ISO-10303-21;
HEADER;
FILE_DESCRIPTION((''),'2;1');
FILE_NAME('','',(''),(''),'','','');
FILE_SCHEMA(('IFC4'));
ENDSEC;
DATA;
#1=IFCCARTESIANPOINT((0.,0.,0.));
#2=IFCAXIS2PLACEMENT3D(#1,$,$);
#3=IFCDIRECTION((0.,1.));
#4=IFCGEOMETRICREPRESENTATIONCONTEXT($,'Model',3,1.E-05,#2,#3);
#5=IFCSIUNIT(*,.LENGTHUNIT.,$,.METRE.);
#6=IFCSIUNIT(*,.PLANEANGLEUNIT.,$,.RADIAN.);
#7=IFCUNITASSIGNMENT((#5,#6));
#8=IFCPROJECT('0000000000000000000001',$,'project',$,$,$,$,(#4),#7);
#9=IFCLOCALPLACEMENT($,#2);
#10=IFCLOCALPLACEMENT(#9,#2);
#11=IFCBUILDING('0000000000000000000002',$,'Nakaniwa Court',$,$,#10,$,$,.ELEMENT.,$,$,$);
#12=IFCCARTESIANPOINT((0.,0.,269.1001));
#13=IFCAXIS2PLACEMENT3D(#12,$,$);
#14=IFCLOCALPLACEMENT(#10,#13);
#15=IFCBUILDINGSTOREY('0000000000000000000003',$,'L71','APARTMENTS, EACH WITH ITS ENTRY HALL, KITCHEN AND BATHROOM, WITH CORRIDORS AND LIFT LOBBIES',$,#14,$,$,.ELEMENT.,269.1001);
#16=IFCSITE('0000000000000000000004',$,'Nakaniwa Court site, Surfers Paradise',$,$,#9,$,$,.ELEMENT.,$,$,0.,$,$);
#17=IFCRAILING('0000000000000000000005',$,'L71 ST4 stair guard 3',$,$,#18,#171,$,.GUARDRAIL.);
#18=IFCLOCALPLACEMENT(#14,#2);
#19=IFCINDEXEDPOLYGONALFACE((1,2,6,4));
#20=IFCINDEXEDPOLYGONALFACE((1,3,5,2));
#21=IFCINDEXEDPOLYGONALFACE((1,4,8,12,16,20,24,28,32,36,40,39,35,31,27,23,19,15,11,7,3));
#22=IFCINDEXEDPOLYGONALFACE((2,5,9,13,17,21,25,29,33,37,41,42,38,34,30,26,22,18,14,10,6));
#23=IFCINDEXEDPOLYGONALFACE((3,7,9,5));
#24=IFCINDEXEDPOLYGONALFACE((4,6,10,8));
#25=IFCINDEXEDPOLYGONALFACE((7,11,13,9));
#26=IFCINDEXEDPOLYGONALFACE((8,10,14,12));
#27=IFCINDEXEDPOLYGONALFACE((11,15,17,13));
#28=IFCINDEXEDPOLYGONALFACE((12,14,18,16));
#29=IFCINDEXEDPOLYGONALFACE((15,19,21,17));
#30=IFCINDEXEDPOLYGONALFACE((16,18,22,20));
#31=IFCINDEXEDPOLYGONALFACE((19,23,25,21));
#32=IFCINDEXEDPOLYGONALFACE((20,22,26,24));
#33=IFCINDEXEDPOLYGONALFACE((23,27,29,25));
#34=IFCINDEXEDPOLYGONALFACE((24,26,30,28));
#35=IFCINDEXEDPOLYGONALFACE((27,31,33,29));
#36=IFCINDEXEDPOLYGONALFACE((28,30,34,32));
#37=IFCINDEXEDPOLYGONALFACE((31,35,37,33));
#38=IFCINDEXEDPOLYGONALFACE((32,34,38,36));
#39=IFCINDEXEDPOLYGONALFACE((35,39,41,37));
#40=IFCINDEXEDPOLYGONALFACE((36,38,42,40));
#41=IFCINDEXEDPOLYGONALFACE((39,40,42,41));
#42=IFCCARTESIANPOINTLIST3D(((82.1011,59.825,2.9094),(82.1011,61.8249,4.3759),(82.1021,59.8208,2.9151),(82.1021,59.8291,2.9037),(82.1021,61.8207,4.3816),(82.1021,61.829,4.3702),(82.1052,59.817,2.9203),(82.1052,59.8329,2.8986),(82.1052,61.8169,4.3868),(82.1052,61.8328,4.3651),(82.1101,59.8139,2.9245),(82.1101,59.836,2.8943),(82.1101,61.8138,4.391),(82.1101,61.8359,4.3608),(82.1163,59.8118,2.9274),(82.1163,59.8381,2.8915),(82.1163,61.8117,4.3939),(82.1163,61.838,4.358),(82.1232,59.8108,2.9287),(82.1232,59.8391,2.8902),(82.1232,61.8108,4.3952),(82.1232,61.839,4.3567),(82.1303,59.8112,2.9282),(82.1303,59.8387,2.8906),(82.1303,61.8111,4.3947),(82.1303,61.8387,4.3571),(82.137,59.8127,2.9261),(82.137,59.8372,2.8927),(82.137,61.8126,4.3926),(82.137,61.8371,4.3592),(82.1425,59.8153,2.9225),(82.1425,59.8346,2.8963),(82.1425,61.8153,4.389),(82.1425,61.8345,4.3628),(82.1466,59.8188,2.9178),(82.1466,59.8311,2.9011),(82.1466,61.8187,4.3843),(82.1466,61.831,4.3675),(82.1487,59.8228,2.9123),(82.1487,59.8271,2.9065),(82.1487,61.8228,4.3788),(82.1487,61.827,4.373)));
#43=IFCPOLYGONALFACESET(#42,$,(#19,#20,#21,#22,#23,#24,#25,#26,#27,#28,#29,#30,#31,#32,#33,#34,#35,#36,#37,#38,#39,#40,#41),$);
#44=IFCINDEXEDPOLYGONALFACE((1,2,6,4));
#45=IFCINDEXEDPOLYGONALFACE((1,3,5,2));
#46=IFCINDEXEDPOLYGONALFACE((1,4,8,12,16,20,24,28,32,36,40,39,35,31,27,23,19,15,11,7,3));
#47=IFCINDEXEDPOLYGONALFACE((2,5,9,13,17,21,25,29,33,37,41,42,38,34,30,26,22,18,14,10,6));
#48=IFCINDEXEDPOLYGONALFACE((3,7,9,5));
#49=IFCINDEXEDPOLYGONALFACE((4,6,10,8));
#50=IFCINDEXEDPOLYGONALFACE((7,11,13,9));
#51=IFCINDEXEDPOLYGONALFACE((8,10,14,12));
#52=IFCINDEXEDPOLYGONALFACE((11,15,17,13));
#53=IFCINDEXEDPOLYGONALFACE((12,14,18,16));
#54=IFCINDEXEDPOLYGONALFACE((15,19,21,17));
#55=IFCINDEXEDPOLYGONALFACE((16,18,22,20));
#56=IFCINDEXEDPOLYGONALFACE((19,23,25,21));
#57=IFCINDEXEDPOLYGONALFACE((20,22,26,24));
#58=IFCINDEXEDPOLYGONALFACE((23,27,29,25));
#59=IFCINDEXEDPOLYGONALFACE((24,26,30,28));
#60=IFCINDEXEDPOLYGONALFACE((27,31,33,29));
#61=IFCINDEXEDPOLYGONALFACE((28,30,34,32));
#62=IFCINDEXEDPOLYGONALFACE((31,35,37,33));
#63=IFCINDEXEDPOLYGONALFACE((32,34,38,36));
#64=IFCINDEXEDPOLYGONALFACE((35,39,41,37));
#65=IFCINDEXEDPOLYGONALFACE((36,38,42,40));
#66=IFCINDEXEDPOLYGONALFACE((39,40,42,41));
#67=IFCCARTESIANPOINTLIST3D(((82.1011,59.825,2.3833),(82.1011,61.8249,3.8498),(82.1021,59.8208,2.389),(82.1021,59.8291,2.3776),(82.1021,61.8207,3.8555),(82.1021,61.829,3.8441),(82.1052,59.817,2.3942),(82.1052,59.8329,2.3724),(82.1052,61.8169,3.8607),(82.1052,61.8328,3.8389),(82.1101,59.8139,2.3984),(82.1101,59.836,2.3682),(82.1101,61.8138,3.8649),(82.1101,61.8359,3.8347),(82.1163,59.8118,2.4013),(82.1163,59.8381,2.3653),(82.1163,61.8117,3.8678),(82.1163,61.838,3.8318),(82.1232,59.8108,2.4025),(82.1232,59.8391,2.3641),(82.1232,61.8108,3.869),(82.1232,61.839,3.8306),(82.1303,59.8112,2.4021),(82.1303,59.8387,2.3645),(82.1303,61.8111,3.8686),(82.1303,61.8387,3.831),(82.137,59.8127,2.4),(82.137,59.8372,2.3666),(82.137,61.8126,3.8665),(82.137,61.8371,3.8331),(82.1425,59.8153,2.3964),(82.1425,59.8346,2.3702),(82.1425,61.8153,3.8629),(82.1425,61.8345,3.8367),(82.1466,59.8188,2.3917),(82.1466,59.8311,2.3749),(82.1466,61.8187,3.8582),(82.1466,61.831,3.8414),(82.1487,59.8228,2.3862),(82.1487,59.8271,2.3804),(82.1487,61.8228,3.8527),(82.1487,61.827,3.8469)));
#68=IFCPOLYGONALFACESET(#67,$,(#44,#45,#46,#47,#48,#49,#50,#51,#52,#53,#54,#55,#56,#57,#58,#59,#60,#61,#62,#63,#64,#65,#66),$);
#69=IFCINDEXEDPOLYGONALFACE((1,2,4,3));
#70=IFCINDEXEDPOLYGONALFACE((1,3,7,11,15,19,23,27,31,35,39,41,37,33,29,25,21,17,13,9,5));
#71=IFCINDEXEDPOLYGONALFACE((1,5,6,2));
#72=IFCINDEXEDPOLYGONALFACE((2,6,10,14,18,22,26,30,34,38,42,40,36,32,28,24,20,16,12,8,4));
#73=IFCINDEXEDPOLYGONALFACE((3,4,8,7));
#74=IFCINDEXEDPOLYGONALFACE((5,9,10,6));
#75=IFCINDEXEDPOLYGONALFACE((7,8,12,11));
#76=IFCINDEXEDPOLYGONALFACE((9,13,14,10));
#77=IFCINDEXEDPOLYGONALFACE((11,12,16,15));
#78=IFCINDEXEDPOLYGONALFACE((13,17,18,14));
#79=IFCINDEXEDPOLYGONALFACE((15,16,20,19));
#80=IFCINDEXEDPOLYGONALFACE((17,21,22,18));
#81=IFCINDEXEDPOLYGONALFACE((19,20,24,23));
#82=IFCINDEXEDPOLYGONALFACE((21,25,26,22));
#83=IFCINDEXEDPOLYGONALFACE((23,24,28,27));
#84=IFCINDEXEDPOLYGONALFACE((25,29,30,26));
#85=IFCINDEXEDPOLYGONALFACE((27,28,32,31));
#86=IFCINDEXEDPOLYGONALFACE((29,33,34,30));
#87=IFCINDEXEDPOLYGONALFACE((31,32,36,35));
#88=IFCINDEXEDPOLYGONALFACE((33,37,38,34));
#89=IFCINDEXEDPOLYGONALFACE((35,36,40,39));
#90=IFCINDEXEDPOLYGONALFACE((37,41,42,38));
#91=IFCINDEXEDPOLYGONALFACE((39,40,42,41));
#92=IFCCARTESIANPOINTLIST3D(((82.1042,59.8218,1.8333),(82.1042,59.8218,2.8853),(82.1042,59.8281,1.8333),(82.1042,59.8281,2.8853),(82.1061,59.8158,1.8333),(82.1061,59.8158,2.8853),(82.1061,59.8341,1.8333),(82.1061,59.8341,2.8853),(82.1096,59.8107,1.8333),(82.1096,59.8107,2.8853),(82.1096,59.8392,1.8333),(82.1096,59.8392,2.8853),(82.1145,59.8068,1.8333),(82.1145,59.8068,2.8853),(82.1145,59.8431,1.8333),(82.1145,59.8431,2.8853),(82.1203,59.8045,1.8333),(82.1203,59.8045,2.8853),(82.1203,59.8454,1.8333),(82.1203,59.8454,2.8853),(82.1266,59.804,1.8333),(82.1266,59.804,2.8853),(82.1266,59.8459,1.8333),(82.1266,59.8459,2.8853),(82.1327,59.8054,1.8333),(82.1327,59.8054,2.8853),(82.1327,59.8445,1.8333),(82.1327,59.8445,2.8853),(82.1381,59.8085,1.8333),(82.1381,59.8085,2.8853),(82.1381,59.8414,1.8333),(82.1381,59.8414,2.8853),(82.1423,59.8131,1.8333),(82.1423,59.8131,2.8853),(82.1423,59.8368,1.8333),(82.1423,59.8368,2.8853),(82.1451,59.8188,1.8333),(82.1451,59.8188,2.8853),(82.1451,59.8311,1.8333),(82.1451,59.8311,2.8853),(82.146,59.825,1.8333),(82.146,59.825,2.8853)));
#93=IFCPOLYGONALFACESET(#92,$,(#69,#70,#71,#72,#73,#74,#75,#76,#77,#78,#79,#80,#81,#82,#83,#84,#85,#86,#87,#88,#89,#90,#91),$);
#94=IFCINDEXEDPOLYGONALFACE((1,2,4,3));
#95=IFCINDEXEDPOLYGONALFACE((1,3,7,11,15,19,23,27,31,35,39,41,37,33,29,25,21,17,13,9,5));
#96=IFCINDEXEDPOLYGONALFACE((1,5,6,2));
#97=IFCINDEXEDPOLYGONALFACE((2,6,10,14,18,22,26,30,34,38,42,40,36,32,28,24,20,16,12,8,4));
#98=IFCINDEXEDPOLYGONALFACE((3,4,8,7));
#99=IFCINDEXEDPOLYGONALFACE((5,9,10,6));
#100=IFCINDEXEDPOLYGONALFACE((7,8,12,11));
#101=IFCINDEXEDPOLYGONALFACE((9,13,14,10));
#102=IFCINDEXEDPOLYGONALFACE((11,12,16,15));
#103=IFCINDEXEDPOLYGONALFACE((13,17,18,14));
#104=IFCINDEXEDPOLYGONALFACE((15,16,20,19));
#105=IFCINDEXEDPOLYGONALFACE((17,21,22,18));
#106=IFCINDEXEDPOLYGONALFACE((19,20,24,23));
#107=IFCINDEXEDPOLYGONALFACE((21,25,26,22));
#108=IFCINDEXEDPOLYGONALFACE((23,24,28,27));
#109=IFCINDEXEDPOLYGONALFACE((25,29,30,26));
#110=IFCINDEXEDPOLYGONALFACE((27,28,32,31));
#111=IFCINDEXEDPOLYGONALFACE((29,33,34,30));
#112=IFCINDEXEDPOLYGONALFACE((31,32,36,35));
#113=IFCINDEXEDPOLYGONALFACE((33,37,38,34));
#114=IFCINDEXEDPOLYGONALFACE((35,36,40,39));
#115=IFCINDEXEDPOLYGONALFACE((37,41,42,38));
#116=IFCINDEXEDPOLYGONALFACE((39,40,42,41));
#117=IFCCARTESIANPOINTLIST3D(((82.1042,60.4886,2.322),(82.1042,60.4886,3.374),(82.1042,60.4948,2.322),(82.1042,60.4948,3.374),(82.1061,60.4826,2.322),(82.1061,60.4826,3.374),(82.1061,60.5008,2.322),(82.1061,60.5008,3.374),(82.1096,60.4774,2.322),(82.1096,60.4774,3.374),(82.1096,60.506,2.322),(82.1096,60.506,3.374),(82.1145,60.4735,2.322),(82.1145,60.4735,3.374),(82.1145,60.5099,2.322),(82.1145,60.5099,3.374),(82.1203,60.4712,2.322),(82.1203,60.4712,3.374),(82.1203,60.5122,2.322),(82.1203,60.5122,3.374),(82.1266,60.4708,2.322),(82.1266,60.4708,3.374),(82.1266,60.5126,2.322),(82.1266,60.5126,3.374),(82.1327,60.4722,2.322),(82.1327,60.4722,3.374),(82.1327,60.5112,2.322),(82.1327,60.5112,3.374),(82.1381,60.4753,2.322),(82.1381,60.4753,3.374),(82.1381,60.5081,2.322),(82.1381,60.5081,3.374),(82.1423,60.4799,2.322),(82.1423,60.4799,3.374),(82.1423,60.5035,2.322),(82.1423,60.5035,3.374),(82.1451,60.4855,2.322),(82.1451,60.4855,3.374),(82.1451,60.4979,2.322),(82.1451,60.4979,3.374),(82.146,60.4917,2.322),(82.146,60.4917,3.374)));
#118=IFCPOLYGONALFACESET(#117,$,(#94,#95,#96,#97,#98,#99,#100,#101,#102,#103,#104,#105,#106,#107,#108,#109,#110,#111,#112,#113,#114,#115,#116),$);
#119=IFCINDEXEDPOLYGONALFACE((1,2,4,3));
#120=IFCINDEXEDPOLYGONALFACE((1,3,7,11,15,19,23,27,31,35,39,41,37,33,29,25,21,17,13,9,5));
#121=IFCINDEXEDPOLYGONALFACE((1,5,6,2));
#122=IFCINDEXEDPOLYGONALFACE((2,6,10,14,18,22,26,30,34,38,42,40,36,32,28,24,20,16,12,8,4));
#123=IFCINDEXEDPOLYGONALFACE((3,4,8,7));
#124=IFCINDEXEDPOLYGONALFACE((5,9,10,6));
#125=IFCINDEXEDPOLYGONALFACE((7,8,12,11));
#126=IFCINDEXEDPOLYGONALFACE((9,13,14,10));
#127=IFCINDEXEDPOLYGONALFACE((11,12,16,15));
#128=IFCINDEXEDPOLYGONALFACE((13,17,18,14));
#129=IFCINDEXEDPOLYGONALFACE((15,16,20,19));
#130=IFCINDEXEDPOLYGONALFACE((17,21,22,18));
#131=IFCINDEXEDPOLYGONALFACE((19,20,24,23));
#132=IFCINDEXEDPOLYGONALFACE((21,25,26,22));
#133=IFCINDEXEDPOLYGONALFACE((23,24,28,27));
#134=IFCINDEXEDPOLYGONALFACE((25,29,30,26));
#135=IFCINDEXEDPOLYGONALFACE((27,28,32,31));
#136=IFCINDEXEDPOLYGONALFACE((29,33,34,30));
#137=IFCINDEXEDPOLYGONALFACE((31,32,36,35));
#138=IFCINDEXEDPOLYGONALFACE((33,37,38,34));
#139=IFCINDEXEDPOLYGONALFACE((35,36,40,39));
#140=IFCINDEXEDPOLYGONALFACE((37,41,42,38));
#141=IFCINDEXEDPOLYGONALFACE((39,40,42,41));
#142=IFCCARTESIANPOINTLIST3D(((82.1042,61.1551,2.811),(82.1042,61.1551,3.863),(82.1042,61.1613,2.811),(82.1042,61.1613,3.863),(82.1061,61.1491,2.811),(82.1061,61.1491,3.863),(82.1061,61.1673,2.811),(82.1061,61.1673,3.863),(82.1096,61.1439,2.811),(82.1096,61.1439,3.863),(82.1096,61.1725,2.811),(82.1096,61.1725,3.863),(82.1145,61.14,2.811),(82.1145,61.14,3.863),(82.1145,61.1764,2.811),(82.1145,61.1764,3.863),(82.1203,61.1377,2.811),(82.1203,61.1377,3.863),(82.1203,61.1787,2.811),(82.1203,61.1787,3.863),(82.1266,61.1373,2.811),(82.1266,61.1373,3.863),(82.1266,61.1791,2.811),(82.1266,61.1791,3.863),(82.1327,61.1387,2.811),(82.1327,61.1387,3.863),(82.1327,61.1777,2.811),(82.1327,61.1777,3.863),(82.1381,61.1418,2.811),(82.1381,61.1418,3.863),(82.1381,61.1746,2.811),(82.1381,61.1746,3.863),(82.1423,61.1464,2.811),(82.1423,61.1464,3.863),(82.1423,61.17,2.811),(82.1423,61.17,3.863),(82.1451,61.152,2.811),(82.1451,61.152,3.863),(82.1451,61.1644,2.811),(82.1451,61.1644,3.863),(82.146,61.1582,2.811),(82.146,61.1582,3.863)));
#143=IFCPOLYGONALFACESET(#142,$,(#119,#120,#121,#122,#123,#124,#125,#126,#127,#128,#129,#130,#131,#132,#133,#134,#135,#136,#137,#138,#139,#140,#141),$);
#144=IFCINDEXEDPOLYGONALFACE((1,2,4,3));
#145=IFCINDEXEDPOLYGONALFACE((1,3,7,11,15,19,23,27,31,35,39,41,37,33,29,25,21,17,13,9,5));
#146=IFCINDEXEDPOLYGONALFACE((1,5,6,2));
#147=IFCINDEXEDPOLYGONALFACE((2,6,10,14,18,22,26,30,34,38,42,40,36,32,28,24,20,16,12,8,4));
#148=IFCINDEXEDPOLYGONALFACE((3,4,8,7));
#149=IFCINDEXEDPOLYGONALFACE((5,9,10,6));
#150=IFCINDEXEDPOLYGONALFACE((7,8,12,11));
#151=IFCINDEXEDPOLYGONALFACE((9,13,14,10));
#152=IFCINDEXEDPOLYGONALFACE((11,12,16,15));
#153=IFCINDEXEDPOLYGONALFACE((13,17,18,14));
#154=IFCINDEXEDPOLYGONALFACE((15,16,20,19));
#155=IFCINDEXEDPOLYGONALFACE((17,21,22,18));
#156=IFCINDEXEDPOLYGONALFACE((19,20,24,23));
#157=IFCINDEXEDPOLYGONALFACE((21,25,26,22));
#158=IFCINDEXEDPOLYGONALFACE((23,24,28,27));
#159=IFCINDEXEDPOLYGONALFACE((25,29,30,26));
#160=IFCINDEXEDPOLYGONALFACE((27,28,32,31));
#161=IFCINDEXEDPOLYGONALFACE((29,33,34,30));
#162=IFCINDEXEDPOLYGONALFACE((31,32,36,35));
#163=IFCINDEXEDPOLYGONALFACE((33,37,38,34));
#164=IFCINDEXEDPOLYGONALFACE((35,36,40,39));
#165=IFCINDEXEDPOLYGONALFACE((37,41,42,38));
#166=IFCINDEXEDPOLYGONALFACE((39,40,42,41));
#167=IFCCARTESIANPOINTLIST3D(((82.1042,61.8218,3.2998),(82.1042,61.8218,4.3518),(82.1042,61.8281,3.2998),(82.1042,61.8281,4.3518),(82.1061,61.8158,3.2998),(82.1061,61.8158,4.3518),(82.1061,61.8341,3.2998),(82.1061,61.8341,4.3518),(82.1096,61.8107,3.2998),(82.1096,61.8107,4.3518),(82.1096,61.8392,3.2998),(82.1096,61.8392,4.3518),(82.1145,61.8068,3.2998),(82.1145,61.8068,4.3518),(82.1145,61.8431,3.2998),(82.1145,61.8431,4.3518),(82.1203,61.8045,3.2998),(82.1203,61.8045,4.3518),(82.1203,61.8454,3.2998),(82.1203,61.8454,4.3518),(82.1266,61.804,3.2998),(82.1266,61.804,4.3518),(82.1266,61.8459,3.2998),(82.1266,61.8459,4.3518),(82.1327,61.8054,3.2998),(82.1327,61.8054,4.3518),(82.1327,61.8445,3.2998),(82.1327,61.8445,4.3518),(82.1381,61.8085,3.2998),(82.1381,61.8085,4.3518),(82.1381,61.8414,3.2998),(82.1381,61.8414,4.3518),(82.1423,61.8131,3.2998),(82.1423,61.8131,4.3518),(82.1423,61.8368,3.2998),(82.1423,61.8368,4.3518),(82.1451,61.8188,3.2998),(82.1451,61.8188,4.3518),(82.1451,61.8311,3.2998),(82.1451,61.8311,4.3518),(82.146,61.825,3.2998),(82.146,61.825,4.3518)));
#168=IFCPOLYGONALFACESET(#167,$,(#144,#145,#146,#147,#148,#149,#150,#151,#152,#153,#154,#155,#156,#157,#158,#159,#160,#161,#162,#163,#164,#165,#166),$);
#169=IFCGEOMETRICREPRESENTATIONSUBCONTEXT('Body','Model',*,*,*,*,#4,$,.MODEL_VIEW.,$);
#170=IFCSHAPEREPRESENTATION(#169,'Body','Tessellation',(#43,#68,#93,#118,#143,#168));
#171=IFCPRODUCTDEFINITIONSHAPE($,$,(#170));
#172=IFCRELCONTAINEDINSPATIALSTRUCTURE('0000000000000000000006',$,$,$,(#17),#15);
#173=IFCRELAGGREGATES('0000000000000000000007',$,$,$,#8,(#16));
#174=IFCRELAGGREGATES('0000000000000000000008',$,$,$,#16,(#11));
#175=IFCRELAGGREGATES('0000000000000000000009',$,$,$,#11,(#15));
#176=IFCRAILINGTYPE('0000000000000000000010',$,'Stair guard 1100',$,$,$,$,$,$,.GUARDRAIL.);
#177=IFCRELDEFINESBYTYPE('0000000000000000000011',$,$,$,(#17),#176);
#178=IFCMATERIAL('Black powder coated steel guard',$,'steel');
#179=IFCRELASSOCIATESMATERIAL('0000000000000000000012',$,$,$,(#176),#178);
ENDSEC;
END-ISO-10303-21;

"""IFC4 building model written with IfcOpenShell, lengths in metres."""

from ifc_helpers import new_model, si_unit, direction, frame, origin, origin_2d, place, context, subcontext, project, spatial, circle, extrude, material, type_object, element, save


model = new_model("IFC4")

# Units and contexts
model_context = context("Model", 3, precision=1e-05, world=origin(), true_north=direction((0.0, 1.0)))
body_context = subcontext(model_context, "Body", "Model", "MODEL_VIEW")
ifc_project = project(units=[si_unit("LENGTHUNIT", "METRE"), si_unit("PLANEANGLEUNIT", "RADIAN")], contexts=[model_context])

# Site, building, storey
site_placement = place(None, origin())
site = spatial("IfcSite", under=ifc_project, at=site_placement, Name="Nakaniwa Court site, Surfers Paradise", CompositionType="ELEMENT", RefElevation=0.0)
building_placement = place(site_placement, origin())
building = spatial("IfcBuilding", under=site, at=building_placement, Name="Nakaniwa Court", CompositionType="ELEMENT")
storey_placement = place(building_placement, frame((0.0, 0.0, 269.1001)))
storey = spatial("IfcBuildingStorey", under=building, at=storey_placement, Name="L71", Description="APARTMENTS, EACH WITH ITS ENTRY HALL, KITCHEN AND BATHROOM, WITH CORRIDORS AND LIFT LOBBIES", CompositionType="ELEMENT", Elevation=269.1001)

# Railing
ifc_material_1 = material(Name="Black powder coated steel guard", Category="steel")
railing_type_1 = type_object("IfcRailingType", Name="Stair guard 1100", PredefinedType="GUARDRAIL", material=ifc_material_1)
railing_1_placement = place(storey_placement, frame((82.125, 59.825, 1.8333)))
element("IfcRailing", 1, at=railing_1_placement, inside=storey, type_object=railing_type_1, Name="L71 ST4 stair guard 3", PredefinedType="GUARDRAIL", context=body_context, shape_type="SweptSolid", body=[
    extrude(circle(Radius=0.0239, at=origin_2d()), frame((0.0, 0.0, 1.0762), z_axis=(0.0, 0.806427, 0.591334), x_axis=(-1.0, 0.0, 0.0)), (0.0, 0.0, 1.0), 2.48),
    extrude(circle(Radius=0.0239, at=origin_2d()), frame((0.0, 0.0, 0.55), z_axis=(0.0, 0.806427, 0.591334), x_axis=(-1.0, 0.0, 0.0)), (0.0, 0.0, 1.0), 2.48),
    extrude(circle(Radius=0.021, at=origin_2d()), origin(), (0.0, 0.0, 1.0), 1.052),
    extrude(circle(Radius=0.021, at=origin_2d()), frame((0.0, 0.6667, 0.4888)), (0.0, 0.0, 1.0), 1.052),
    extrude(circle(Radius=0.021, at=origin_2d()), frame((0.0, 1.3333, 0.9778)), (0.0, 0.0, 1.0), 1.052),
    extrude(circle(Radius=0.021, at=origin_2d()), frame((0.0, 2.0, 1.4666)), (0.0, 0.0, 1.0), 1.052),
])

save(model, "model.ifc")
